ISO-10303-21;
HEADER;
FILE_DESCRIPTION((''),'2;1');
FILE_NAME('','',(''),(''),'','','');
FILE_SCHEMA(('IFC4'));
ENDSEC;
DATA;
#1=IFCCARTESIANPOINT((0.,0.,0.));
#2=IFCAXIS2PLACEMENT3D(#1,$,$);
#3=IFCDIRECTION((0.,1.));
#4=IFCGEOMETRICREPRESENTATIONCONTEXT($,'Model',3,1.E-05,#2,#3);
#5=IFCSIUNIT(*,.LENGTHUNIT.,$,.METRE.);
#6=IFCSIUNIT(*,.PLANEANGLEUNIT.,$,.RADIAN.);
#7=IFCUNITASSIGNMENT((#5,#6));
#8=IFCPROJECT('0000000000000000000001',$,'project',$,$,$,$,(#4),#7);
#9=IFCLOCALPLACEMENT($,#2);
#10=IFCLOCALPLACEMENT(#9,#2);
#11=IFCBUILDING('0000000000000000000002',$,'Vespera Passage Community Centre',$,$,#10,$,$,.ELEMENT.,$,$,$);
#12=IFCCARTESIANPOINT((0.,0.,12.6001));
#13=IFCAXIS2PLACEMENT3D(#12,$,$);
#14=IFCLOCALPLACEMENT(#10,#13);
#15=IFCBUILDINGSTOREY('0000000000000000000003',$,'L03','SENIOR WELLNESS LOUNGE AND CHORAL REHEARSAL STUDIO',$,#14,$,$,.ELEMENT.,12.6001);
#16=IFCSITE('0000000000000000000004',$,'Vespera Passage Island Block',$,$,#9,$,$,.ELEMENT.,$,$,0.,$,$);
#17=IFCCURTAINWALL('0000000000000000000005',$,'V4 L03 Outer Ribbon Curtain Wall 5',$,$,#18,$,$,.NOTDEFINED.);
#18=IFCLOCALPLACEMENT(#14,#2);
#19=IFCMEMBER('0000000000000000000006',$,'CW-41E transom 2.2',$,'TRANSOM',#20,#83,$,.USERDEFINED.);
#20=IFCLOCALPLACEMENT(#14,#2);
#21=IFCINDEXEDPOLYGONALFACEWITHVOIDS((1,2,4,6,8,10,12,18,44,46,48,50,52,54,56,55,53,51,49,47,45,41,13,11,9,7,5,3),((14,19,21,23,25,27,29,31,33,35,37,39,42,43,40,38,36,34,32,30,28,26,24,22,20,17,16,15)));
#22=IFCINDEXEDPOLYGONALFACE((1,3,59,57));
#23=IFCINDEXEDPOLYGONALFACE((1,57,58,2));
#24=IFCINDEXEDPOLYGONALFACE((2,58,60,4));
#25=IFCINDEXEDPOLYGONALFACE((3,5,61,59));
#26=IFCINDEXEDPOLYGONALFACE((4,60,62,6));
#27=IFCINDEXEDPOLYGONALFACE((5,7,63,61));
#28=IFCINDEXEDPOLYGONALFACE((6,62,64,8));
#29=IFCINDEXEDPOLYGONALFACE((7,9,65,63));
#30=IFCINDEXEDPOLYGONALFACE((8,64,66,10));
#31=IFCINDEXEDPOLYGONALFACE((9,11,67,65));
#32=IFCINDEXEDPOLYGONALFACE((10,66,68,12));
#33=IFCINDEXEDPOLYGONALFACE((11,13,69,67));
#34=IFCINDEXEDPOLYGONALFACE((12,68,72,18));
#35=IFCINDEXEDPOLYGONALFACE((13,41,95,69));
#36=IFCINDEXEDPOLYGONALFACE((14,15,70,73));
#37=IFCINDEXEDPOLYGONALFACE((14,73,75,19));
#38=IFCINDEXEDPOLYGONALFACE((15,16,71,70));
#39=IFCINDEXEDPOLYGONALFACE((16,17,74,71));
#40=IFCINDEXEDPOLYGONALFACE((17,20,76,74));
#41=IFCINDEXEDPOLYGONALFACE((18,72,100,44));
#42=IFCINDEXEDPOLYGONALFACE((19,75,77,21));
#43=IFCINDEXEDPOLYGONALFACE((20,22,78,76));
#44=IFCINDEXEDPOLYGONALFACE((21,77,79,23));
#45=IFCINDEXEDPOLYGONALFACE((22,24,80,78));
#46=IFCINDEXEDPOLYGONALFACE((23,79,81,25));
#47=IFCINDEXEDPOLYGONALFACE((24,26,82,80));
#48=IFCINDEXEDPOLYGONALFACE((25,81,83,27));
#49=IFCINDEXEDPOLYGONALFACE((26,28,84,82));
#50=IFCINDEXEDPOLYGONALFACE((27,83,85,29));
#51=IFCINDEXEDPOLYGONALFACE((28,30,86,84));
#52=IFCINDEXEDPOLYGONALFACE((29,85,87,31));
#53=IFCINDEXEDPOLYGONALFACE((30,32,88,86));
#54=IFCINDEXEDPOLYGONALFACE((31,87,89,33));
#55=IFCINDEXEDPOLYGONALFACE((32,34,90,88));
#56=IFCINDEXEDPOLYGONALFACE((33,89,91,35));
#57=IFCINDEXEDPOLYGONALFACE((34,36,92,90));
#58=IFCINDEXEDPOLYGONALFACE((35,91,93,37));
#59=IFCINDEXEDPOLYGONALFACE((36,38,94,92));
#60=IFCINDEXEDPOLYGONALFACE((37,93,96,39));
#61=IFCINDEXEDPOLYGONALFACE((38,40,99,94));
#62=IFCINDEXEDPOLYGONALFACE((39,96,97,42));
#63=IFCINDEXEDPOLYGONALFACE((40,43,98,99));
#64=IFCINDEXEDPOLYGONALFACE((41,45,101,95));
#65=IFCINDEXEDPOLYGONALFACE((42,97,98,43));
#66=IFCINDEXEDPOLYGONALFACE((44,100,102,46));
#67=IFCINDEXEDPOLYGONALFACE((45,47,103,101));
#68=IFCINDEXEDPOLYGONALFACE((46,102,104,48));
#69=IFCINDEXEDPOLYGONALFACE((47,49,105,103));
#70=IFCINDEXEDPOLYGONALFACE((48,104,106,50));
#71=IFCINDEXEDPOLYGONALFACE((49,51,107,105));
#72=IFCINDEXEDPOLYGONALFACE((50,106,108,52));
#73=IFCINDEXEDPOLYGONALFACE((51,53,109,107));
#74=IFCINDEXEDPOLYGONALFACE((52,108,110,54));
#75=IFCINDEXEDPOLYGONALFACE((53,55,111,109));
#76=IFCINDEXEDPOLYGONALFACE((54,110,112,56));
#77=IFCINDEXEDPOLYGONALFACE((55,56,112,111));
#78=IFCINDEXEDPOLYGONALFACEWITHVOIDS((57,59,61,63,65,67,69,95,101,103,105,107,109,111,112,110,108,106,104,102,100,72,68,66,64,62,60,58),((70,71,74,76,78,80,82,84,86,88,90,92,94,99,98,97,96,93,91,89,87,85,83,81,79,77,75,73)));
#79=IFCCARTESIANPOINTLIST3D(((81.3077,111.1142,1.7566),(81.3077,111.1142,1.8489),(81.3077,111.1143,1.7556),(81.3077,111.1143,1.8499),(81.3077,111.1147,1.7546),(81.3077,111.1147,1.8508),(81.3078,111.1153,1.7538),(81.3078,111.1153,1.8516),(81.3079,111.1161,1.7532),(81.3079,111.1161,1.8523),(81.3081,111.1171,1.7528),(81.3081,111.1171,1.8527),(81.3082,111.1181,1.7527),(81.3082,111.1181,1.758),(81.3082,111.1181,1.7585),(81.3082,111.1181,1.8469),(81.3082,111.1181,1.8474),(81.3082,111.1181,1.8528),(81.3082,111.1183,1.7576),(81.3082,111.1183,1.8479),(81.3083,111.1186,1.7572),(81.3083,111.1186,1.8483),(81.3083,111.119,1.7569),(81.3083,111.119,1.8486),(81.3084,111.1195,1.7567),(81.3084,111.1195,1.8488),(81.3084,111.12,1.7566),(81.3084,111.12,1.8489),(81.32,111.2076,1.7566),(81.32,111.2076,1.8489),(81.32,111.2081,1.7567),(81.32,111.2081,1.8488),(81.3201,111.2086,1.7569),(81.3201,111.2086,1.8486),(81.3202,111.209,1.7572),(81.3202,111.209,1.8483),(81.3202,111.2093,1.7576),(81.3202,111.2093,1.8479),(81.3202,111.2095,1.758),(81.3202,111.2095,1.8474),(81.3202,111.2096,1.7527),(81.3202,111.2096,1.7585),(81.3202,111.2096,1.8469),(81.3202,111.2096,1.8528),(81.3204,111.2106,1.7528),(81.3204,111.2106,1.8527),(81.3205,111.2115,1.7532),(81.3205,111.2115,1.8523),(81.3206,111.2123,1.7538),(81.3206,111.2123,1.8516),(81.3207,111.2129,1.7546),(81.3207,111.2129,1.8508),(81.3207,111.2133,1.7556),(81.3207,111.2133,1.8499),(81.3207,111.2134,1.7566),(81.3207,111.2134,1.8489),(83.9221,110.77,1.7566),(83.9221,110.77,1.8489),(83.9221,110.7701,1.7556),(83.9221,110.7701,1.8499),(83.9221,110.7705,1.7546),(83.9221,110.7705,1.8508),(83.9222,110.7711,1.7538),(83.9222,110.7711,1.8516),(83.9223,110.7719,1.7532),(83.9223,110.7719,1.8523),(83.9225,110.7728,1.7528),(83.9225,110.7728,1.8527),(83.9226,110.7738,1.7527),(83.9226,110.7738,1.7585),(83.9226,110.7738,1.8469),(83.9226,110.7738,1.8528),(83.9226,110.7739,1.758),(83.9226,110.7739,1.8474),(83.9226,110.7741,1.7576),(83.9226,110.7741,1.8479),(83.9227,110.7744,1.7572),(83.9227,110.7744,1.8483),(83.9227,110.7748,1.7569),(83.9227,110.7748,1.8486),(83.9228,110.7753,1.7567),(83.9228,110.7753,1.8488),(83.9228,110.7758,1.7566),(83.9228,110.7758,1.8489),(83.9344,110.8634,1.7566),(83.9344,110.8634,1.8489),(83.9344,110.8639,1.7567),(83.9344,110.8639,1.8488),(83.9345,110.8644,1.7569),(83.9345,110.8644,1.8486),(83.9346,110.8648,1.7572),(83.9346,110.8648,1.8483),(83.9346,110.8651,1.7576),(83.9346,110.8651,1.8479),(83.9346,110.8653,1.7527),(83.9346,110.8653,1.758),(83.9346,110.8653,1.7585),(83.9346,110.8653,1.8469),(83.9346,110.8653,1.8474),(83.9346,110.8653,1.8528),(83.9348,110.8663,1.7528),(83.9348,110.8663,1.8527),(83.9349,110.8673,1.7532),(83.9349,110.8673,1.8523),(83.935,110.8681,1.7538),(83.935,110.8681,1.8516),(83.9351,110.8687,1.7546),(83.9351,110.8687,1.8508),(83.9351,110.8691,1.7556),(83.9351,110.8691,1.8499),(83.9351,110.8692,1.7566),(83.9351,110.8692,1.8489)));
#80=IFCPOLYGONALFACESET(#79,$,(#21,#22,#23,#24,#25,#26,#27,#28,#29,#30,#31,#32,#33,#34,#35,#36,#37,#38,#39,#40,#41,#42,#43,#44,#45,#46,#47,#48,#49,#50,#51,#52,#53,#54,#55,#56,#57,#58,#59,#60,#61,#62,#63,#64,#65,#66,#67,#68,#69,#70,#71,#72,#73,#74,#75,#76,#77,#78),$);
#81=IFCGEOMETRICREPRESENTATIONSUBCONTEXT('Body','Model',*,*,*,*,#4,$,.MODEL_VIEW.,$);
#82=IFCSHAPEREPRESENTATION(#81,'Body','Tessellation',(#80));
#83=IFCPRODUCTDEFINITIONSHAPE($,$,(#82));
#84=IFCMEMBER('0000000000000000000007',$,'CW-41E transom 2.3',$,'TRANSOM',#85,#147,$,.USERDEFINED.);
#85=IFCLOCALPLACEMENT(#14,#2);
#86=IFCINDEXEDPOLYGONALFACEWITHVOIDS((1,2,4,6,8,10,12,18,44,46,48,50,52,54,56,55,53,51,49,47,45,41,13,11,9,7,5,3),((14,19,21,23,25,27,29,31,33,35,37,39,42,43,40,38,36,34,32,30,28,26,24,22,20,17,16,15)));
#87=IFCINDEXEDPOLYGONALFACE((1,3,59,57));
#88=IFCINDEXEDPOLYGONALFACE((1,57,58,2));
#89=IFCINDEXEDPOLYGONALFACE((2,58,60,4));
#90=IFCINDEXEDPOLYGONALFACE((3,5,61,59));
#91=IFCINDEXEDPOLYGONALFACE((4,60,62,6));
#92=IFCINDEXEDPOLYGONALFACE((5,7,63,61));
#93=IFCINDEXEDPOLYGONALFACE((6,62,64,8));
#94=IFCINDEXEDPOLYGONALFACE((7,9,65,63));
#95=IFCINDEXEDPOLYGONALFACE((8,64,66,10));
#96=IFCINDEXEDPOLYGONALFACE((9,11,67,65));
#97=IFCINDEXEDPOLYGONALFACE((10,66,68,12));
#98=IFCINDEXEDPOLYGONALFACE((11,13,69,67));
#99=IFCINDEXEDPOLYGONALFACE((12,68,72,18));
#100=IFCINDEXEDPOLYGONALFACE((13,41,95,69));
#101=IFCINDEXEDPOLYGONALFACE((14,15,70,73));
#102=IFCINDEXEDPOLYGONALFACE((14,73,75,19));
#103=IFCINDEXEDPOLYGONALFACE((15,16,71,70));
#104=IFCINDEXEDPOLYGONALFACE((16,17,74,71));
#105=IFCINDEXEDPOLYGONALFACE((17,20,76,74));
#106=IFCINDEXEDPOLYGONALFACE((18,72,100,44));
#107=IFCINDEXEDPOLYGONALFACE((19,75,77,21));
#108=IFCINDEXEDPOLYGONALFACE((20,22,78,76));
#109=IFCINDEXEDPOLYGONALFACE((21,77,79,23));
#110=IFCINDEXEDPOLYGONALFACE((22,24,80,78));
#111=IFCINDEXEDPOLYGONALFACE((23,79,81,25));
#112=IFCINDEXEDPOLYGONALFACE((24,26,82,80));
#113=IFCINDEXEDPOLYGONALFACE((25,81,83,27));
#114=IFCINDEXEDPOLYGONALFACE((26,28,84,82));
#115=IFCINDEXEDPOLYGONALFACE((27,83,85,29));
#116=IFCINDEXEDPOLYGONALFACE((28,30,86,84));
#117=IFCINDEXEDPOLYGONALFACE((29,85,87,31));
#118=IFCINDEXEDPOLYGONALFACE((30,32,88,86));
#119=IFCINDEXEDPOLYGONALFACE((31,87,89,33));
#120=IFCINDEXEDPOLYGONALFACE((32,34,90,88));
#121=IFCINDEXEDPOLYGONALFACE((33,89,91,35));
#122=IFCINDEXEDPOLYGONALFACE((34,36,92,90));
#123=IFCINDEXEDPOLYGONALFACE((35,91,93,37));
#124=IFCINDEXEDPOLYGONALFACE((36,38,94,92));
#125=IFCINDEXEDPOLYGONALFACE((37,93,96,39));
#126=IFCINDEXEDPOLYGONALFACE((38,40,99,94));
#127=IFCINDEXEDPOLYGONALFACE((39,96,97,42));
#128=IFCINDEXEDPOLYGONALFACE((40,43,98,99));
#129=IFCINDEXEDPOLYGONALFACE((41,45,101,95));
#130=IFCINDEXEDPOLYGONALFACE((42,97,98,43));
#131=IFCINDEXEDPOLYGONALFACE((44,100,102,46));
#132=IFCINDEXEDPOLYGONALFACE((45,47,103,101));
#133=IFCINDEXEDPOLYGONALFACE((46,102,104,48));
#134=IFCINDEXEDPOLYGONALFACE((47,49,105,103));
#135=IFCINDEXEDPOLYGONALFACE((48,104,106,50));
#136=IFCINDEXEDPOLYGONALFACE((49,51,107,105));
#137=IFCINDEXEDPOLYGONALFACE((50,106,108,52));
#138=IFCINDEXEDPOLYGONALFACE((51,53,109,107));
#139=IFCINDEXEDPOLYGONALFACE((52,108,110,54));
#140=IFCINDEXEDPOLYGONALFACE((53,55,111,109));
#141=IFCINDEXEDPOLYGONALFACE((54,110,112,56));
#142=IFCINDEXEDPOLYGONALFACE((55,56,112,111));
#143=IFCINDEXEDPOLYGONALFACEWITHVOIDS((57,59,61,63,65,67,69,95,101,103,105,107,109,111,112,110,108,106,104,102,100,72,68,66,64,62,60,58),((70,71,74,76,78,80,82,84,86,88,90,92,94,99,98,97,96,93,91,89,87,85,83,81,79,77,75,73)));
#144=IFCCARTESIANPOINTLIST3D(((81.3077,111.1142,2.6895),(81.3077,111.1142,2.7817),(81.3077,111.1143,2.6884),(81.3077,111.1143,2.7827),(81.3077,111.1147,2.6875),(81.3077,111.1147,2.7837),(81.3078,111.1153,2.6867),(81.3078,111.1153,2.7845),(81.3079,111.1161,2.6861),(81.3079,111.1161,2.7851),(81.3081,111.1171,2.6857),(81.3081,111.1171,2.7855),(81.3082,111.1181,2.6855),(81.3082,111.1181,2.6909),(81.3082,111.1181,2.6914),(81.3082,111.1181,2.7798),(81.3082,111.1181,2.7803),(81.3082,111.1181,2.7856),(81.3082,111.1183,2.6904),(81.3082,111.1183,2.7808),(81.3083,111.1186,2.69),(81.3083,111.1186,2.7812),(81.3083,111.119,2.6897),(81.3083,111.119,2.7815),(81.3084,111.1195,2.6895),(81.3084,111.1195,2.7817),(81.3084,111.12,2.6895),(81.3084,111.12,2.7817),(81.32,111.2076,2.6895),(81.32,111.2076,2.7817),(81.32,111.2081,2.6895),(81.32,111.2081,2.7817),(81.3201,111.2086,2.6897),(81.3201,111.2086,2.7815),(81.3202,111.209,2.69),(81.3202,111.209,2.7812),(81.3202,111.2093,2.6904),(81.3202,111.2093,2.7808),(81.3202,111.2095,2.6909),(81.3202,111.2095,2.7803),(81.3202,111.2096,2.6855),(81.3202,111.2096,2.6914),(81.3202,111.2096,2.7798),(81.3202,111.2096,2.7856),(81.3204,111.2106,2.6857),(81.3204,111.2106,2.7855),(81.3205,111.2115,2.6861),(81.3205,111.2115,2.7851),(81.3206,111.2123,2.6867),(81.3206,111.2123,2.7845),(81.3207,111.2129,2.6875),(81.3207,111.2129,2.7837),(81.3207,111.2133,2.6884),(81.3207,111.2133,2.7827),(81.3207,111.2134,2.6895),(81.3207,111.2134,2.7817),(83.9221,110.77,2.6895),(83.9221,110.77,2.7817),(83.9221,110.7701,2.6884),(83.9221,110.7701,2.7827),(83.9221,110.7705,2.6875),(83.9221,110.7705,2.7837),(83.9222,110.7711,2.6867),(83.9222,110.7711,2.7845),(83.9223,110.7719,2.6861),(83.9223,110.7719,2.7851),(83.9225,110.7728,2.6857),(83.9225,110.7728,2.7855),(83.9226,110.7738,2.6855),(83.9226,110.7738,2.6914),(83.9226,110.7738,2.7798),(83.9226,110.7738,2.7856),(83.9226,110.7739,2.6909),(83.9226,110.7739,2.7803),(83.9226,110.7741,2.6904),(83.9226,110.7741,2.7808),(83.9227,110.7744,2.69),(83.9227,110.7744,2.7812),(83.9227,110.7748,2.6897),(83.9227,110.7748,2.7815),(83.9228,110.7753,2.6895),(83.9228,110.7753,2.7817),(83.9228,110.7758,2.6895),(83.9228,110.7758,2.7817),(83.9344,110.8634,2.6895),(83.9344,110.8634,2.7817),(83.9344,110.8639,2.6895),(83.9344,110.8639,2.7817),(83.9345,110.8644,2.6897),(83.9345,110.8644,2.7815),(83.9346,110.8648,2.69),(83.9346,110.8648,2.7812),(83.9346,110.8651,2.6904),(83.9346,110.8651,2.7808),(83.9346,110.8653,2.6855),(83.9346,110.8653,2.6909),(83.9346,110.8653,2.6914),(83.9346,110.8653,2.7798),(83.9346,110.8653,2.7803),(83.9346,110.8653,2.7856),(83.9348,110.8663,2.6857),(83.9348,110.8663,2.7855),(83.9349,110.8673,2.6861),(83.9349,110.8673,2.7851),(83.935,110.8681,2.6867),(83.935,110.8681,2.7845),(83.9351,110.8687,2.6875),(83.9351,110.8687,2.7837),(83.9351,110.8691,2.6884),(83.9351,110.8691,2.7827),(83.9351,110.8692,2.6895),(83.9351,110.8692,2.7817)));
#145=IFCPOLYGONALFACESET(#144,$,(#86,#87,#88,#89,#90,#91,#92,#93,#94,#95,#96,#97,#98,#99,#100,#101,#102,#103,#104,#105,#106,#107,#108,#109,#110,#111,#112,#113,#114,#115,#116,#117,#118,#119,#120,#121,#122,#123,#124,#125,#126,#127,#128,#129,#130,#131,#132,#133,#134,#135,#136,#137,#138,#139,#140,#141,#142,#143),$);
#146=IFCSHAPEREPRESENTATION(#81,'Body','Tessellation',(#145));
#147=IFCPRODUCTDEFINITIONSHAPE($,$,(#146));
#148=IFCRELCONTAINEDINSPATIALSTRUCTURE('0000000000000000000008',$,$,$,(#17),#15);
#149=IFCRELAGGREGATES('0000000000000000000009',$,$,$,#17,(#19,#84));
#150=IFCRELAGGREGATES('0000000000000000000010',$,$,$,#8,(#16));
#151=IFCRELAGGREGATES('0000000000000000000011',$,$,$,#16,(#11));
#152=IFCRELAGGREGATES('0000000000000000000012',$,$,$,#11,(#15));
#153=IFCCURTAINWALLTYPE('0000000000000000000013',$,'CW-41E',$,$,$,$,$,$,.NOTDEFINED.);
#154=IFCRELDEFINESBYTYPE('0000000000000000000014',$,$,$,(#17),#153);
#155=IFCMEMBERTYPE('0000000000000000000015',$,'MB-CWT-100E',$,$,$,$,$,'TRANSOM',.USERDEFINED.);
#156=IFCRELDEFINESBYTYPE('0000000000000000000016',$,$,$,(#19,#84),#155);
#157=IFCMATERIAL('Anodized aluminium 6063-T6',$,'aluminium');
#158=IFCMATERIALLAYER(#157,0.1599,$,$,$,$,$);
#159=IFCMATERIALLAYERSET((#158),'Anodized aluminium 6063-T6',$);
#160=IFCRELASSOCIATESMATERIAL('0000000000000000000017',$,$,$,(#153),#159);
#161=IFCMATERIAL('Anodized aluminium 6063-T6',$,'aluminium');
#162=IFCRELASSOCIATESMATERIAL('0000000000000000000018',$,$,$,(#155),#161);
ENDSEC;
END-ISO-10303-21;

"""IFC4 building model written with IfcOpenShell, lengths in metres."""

from ifc_helpers import new_model, si_unit, direction, frame, origin, origin_2d, place, context, subcontext, project, spatial, hollow_rectangle, extrude, material, layer, layer_set, material_profile, profile_set, type_object, element, aggregate, save


model = new_model("IFC4")

# Units and contexts
model_context = context("Model", 3, precision=1e-05, world=origin(), true_north=direction((0.0, 1.0)))
body_context = subcontext(model_context, "Body", "Model", "MODEL_VIEW")
ifc_project = project(units=[si_unit("LENGTHUNIT", "METRE"), si_unit("PLANEANGLEUNIT", "RADIAN")], contexts=[model_context])

# Site, building, storey
site_placement = place(None, origin())
site = spatial("IfcSite", under=ifc_project, at=site_placement, Name="Vespera Passage Island Block", CompositionType="ELEMENT", RefElevation=0.0)
building_placement = place(site_placement, origin())
building = spatial("IfcBuilding", under=site, at=building_placement, Name="Vespera Passage Community Centre", CompositionType="ELEMENT")
storey_placement = place(building_placement, frame((0.0, 0.0, 12.6001)))
storey = spatial("IfcBuildingStorey", under=building, at=storey_placement, Name="L03", Description="SENIOR WELLNESS LOUNGE AND CHORAL REHEARSAL STUDIO", CompositionType="ELEMENT", Elevation=12.6001)

# Curtain wall, members
ifc_material_1 = material(Name="Anodized aluminium 6063-T6", Category="aluminium")
ifc_layer_1 = layer(ifc_material_1, 0.1599)
ifc_layer_set_1 = layer_set([ifc_layer_1], Name="Anodized aluminium 6063-T6")
curtain_wall_type = type_object("IfcCurtainWallType", Name="CW-41E", PredefinedType="NOTDEFINED", material=ifc_layer_set_1)
curtain_wall_placement = place(storey_placement, origin())
curtain_wall = element("IfcCurtainWall", 1, at=curtain_wall_placement, inside=storey, type_object=curtain_wall_type, Name="V4 L03 Outer Ribbon Curtain Wall 5", PredefinedType="NOTDEFINED")
ifc_material_2 = material(Name="Anodized aluminium 6063-T6", Category="aluminium")
ifc_material_profile_1 = material_profile(ifc_material_2, hollow_rectangle(XDim=0.1001, YDim=0.1001, WallThickness=0.0039, InnerFilletRadius=0.002, OuterFilletRadius=0.0039, at=origin_2d()), Name="ALU100X100X4")
ifc_profile_set_1 = profile_set([ifc_material_profile_1], Name="Anodized aluminium 6063-T6")
member_type_1 = type_object("IfcMemberType", Name="MB-CWT-100E", ElementType="TRANSOM", PredefinedType="USERDEFINED", material=ifc_profile_set_1)
member_1_placement = place(storey_placement, frame((81.3142, 111.1638, 1.8027), z_axis=(0.991443, -0.130538, 0.0), x_axis=(0.130538, 0.991443, 0.0)))
member_1 = element("IfcMember", 2, at=member_1_placement, type_object=member_type_1, Name="CW-41E transom 2.2", ObjectType="TRANSOM", PredefinedType="USERDEFINED", context=body_context, shape_type="SweptSolid", body=[
    extrude(hollow_rectangle(XDim=0.1001, YDim=0.1001, WallThickness=0.0039, InnerFilletRadius=0.002, OuterFilletRadius=0.0039, at=origin_2d()), origin(), (0.0, 0.0, 1.0), 2.637),
])
member_2_placement = place(storey_placement, frame((81.3142, 111.1638, 2.7356), z_axis=(0.991443, -0.130538, 0.0), x_axis=(0.130538, 0.991443, 0.0)))
member_2 = element("IfcMember", 3, at=member_2_placement, type_object=member_type_1, Name="CW-41E transom 2.3", ObjectType="TRANSOM", PredefinedType="USERDEFINED", context=body_context, shape_type="SweptSolid", body=[
    extrude(hollow_rectangle(XDim=0.1001, YDim=0.1001, WallThickness=0.0039, InnerFilletRadius=0.002, OuterFilletRadius=0.0039, at=origin_2d()), origin(), (0.0, 0.0, 1.0), 2.637),
])
aggregate(curtain_wall, [member_1, member_2])

save(model, "model.ifc")
